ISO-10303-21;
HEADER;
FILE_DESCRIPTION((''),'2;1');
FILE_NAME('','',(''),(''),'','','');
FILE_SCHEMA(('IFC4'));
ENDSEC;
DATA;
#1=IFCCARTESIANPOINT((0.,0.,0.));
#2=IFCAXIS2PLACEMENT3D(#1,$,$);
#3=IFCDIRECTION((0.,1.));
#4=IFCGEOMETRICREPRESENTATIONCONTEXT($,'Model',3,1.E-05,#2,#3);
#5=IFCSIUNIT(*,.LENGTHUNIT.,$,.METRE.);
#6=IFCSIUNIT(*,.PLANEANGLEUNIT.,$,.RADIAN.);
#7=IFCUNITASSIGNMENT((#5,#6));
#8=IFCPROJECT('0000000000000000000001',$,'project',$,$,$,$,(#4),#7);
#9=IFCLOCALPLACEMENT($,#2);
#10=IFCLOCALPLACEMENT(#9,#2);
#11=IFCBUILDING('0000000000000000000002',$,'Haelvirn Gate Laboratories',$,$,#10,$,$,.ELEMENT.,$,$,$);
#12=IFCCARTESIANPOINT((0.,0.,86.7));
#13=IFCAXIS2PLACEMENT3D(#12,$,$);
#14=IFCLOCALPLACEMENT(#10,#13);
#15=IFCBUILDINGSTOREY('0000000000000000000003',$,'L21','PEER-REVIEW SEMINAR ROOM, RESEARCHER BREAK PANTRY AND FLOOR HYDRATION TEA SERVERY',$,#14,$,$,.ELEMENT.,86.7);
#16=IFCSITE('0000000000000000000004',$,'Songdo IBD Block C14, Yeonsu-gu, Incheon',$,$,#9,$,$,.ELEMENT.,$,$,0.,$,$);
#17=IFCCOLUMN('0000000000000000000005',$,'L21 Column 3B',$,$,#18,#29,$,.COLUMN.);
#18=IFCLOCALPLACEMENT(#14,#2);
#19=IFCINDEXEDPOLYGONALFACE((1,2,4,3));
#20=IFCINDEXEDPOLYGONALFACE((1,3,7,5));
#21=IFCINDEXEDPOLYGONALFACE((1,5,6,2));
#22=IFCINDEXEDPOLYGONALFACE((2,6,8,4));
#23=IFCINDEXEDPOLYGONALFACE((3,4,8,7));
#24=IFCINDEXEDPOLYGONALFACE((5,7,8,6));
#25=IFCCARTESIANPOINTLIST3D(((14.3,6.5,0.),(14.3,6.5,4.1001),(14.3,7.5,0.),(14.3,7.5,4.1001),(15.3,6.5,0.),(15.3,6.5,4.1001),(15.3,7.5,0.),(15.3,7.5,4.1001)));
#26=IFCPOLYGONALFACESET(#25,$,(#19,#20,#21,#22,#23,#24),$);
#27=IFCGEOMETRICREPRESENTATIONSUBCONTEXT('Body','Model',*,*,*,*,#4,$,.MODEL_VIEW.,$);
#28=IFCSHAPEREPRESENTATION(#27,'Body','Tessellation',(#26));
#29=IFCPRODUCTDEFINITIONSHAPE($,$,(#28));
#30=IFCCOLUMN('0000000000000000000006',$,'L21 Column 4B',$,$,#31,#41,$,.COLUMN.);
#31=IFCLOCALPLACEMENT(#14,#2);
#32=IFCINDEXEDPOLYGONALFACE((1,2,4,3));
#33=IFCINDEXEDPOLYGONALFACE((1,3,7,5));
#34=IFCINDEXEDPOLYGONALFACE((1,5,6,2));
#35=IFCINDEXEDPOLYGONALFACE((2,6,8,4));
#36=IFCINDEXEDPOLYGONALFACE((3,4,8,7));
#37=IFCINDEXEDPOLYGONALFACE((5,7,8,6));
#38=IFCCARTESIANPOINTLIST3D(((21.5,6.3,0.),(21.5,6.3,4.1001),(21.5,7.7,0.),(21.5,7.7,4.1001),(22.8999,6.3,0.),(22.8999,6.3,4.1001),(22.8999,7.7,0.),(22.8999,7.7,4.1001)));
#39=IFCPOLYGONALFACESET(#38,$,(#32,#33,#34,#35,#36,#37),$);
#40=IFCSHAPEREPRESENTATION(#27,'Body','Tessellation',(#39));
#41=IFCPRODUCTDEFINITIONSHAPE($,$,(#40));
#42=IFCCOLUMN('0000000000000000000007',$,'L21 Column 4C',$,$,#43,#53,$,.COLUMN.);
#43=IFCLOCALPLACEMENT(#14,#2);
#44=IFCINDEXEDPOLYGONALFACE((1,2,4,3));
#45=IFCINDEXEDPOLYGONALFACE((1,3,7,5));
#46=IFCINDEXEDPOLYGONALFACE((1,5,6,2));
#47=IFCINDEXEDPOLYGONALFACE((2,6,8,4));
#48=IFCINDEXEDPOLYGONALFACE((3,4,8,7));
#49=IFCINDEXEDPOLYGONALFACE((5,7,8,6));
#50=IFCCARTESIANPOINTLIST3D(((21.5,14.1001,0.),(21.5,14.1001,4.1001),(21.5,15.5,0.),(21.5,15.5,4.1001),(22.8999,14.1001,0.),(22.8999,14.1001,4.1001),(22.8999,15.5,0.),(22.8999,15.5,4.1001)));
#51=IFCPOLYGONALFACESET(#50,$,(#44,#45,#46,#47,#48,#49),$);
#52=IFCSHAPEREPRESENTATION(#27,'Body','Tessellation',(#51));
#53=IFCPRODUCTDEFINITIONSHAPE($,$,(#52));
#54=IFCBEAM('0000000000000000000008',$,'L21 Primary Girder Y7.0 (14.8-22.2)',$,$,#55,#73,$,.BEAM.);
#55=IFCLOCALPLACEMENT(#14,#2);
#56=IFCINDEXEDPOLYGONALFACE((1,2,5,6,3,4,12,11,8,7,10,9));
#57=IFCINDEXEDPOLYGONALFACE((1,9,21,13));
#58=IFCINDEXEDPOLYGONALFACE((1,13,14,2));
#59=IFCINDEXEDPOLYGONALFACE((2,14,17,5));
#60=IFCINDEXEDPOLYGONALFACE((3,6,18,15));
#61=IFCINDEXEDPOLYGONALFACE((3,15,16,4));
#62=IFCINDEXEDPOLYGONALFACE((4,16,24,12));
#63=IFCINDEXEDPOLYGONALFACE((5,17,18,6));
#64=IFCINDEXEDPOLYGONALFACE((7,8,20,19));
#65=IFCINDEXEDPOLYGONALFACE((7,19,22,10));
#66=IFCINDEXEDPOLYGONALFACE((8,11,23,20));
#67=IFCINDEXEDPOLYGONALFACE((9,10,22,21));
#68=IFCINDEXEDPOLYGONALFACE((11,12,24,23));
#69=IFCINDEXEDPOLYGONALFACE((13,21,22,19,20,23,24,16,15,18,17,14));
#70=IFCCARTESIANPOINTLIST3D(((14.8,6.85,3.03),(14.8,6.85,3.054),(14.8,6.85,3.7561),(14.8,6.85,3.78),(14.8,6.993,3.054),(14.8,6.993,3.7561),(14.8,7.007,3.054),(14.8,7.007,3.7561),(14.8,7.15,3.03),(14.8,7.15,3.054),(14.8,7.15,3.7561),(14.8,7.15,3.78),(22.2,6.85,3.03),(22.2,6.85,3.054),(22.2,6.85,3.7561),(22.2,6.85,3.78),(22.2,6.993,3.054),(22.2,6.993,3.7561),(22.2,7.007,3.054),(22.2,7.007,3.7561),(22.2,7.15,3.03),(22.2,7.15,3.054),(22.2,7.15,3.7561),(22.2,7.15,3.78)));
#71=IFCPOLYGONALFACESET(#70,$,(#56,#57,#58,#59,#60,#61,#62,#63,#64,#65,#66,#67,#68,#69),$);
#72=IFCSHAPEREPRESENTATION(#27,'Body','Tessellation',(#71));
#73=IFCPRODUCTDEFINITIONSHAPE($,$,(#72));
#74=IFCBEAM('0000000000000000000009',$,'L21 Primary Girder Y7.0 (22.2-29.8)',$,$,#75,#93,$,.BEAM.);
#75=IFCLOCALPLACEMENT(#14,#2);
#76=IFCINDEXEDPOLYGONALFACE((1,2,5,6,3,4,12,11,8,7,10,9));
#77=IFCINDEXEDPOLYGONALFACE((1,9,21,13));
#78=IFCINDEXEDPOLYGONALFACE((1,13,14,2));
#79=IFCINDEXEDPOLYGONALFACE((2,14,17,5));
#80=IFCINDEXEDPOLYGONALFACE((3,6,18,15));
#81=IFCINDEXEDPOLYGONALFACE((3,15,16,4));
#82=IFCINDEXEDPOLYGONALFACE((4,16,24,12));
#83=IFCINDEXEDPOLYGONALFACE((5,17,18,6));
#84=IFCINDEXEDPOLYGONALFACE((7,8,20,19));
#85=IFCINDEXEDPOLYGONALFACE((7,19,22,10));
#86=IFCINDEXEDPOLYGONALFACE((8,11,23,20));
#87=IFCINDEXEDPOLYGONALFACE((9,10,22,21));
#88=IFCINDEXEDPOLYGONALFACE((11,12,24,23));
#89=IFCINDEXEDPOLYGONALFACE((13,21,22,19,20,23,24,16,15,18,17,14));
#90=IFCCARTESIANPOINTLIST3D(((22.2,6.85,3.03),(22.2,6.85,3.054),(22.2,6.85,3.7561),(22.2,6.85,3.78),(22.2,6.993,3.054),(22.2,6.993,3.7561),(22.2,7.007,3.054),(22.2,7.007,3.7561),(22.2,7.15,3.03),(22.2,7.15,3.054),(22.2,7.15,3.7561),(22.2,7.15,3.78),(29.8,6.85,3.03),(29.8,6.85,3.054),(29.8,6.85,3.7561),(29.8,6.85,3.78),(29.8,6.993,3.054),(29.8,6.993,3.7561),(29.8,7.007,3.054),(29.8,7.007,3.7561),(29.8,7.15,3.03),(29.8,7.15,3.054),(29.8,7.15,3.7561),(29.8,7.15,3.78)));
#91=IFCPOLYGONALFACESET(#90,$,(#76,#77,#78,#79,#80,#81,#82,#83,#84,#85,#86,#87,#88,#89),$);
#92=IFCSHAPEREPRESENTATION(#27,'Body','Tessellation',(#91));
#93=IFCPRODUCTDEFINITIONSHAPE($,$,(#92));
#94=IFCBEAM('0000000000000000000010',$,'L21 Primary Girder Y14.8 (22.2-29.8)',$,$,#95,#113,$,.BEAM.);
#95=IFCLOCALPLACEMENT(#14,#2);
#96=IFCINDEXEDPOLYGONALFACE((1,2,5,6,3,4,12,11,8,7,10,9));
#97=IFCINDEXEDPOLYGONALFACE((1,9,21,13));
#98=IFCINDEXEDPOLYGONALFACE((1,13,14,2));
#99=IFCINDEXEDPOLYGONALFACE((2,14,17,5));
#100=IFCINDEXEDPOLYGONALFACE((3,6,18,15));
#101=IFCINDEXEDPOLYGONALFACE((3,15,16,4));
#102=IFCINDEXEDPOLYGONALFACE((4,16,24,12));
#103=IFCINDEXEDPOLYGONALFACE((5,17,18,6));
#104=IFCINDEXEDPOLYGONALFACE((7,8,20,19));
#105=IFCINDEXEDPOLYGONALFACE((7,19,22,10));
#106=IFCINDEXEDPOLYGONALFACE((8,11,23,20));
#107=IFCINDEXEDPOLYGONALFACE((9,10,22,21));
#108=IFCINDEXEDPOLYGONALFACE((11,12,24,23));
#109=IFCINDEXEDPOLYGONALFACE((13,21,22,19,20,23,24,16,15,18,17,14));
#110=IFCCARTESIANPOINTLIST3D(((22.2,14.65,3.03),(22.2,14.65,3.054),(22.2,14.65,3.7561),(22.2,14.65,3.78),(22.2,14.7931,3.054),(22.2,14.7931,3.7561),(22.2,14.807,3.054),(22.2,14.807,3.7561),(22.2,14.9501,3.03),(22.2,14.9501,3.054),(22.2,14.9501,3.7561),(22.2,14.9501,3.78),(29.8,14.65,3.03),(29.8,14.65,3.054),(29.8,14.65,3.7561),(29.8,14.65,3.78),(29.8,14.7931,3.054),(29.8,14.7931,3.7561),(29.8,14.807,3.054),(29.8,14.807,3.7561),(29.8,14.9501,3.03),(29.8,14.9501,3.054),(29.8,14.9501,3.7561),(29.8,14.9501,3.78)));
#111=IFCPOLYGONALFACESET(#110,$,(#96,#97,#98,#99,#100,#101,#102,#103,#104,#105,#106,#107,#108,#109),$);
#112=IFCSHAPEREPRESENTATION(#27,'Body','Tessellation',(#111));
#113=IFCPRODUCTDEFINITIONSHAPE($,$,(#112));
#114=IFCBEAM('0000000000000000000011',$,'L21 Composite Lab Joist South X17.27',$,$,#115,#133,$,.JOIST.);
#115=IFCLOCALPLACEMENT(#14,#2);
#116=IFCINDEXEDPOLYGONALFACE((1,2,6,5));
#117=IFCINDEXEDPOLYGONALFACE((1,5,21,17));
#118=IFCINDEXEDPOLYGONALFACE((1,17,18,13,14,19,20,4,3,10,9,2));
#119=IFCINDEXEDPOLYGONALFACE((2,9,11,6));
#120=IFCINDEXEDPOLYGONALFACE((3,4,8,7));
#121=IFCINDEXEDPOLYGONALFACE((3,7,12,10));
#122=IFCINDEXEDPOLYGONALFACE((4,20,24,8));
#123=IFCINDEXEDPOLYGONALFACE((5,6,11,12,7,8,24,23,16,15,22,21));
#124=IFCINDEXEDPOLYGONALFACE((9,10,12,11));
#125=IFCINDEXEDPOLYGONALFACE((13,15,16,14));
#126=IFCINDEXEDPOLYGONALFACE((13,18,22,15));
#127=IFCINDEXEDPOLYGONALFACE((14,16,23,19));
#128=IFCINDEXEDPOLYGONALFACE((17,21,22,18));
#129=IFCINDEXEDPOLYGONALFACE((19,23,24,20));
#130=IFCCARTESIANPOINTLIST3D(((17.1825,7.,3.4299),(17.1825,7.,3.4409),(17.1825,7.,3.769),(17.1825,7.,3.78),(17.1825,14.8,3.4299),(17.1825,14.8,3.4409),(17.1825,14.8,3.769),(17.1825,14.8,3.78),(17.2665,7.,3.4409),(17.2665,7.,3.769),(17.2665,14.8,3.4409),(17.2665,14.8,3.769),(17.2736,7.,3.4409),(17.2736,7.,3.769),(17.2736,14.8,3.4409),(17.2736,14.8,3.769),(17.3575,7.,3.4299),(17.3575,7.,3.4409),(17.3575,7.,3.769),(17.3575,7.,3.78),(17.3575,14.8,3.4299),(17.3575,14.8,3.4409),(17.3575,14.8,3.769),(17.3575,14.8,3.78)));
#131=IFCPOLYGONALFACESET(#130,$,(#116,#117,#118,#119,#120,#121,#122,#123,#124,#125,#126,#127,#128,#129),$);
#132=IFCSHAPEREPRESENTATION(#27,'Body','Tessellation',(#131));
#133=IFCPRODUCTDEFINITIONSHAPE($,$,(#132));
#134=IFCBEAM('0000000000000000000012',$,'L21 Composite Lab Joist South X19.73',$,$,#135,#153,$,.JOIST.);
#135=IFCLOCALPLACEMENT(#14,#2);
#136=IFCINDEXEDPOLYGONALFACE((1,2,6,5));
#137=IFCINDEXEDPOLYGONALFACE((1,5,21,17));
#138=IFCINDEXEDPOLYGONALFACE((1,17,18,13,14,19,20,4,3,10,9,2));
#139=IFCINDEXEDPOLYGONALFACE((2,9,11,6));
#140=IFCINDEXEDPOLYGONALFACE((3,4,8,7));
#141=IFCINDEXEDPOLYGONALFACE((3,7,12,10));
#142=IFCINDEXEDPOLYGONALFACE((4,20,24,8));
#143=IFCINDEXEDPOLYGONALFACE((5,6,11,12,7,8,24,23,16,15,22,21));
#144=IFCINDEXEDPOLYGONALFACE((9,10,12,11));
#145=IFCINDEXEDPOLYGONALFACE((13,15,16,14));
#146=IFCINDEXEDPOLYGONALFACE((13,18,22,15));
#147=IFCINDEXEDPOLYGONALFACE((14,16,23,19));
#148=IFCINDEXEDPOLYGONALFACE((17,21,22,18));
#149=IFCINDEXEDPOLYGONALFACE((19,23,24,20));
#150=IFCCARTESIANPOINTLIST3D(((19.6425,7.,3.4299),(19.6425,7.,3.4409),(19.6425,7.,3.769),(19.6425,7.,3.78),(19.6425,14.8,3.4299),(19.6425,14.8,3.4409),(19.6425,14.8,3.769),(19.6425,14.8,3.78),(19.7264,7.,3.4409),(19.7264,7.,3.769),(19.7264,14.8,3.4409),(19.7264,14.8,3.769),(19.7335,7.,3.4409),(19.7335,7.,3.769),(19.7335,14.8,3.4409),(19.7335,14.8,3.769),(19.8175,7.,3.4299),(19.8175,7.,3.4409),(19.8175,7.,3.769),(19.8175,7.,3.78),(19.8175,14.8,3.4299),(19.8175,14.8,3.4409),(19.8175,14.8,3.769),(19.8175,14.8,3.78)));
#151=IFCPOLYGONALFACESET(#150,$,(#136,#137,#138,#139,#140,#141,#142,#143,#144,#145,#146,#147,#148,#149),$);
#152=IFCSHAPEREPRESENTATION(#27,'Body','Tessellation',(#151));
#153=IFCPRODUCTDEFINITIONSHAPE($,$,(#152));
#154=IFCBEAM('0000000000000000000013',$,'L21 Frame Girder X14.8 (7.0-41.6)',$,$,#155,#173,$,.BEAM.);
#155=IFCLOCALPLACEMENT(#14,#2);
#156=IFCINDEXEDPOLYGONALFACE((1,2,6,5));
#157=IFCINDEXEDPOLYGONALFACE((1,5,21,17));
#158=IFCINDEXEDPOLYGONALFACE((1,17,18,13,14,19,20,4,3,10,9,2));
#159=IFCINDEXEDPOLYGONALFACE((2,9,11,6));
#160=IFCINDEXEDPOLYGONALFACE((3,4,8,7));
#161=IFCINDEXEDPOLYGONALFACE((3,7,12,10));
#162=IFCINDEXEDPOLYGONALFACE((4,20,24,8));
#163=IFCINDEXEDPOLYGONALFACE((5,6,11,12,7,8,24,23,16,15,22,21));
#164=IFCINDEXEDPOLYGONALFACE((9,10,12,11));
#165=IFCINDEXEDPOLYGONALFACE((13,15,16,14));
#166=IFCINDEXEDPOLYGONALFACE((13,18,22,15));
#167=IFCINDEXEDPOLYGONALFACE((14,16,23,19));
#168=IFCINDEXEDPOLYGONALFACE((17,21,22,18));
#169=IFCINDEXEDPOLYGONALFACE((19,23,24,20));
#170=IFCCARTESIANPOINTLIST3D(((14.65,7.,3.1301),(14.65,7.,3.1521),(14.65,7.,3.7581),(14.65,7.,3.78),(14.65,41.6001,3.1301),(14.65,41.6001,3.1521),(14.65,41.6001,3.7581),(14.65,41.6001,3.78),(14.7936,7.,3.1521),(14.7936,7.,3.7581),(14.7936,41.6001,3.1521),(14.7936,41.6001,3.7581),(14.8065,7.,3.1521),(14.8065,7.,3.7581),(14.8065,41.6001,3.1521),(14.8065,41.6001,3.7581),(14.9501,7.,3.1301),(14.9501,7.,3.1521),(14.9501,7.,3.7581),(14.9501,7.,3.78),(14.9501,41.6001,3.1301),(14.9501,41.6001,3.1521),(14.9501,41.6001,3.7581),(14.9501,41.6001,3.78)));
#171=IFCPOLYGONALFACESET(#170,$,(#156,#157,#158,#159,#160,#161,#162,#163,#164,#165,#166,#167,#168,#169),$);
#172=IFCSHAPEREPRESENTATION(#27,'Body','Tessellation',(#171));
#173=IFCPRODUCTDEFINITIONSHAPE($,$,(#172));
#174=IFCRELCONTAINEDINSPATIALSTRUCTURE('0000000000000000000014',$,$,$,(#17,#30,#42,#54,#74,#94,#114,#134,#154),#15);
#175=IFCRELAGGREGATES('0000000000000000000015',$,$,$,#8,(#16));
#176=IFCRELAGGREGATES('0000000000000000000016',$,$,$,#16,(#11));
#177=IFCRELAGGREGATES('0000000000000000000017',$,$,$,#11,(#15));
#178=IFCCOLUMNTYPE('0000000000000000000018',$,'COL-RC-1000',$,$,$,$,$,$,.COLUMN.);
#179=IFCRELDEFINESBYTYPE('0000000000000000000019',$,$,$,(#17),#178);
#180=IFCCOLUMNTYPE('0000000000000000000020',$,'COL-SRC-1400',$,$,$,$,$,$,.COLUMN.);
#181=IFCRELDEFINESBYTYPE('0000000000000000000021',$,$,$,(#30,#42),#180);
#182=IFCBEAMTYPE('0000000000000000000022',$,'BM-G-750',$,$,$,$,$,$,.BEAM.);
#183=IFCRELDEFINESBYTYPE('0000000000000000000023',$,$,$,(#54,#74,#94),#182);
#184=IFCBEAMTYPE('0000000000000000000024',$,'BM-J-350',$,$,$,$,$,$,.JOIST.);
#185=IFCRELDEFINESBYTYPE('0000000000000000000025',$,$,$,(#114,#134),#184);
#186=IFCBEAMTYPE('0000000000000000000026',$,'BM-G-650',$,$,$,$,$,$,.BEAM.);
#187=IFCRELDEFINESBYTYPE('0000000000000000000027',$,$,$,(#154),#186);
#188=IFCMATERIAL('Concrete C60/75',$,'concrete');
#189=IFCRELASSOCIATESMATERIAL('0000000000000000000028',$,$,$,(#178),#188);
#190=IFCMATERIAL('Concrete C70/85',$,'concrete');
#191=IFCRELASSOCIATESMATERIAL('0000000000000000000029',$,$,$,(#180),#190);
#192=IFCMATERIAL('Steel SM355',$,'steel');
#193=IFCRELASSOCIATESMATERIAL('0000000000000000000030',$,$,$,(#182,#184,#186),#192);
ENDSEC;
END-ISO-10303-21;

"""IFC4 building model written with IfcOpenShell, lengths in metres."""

from ifc_helpers import new_model, si_unit, direction, frame, origin, origin_2d, place, context, subcontext, project, spatial, rectangle, i_section, extrude, source, transform, mapped, material, material_profile, profile_set, type_object, type_shapes, element, save


model = new_model("IFC4")

# Units and contexts
model_context = context("Model", 3, precision=1e-05, world=origin(), true_north=direction((0.0, 1.0)))
body_context = subcontext(model_context, "Body", "Model", "MODEL_VIEW")
ifc_project = project(units=[si_unit("LENGTHUNIT", "METRE"), si_unit("PLANEANGLEUNIT", "RADIAN")], contexts=[model_context])

# Site, building, storey
site_placement = place(None, origin())
site = spatial("IfcSite", under=ifc_project, at=site_placement, Name="Songdo IBD Block C14, Yeonsu-gu, Incheon", CompositionType="ELEMENT", RefElevation=0.0)
building_placement = place(site_placement, origin())
building = spatial("IfcBuilding", under=site, at=building_placement, Name="Haelvirn Gate Laboratories", CompositionType="ELEMENT")
storey_placement = place(building_placement, frame((0.0, 0.0, 86.7)))
storey = spatial("IfcBuildingStorey", under=building, at=storey_placement, Name="L21", Description="PEER-REVIEW SEMINAR ROOM, RESEARCHER BREAK PANTRY AND FLOOR HYDRATION TEA SERVERY", CompositionType="ELEMENT", Elevation=86.7)

# Columns
ifc_material_1 = material(Name="Concrete C60/75", Category="concrete")
ifc_material_profile_1 = material_profile(ifc_material_1, rectangle(XDim=1.0, YDim=1.0, at=origin_2d()), Name="RC-1000x1000")
ifc_profile_set_1 = profile_set([ifc_material_profile_1], Name="Concrete C60/75")
column_type_1 = type_object("IfcColumnType", Name="COL-RC-1000", PredefinedType="COLUMN", material=ifc_profile_set_1)
shared_shape_1 = source(origin(), body_context, "Body", "SweptSolid", [
    extrude(rectangle(XDim=1.0, YDim=1.0, at=origin_2d()), origin(), (0.0, 0.0, 1.0), 4.1001),
])
type_shapes(column_type_1, [shared_shape_1])
column_placement = place(storey_placement, frame((14.8, 7.0, 0.0), z_axis=(0.0, 0.0, 1.0), x_axis=(1.0, 0.0, 0.0)))
element("IfcColumn", 1, at=column_placement, inside=storey, type_object=column_type_1, Name="L21 Column 3B", PredefinedType="COLUMN", context=body_context, shape_type="MappedRepresentation", body=[
    mapped(shared_shape_1, transform((0.0, 0.0, 0.0), scale=1.0)),
])
ifc_material_2 = material(Name="Concrete C70/85", Category="concrete")
ifc_material_profile_2 = material_profile(ifc_material_2, rectangle(XDim=1.3999, YDim=1.3999, at=origin_2d()), Name="SRC-1400x1400")
ifc_profile_set_2 = profile_set([ifc_material_profile_2], Name="Concrete C70/85")
column_type_2 = type_object("IfcColumnType", Name="COL-SRC-1400", PredefinedType="COLUMN", material=ifc_profile_set_2)
shared_shape_2 = source(origin(), body_context, "Body", "SweptSolid", [
    extrude(rectangle(XDim=1.3999, YDim=1.3999, at=origin_2d()), origin(), (0.0, 0.0, 1.0), 4.1001),
])
type_shapes(column_type_2, [shared_shape_2])
for number, where, z_axis, x_axis, name in (
    (2, (22.2, 7.0, 0.0), (0.0, 0.0, 1.0), (1.0, 0.0, 0.0), "L21 Column 4B"),
    (3, (22.2, 14.8, 0.0), (0.0, 0.0, 1.0), (1.0, 0.0, 0.0), "L21 Column 4C"),
):
    element("IfcColumn", number, at=place(storey_placement, frame(where, z_axis=z_axis, x_axis=x_axis)), inside=storey, type_object=column_type_2, Name=name, PredefinedType="COLUMN", context=body_context, shape_type="MappedRepresentation", body=[
        mapped(shared_shape_2, transform((0.0, 0.0, 0.0), scale=1.0)),
    ])

# Beams
ifc_material_3 = material(Name="Steel SM355", Category="steel")
ifc_material_profile_3 = material_profile(ifc_material_3, i_section(OverallWidth=0.3, OverallDepth=0.75, WebThickness=0.0139, FlangeThickness=0.0239, at=origin_2d()), Name="H-750x300x14x24")
ifc_profile_set_3 = profile_set([ifc_material_profile_3], Name="Steel SM355")
beam_type_1 = type_object("IfcBeamType", Name="BM-G-750", PredefinedType="BEAM", material=ifc_profile_set_3)
shared_shape_3 = source(origin(), body_context, "Body", "SweptSolid", [
    extrude(i_section(OverallWidth=0.3, OverallDepth=0.75, WebThickness=0.0139, FlangeThickness=0.0239, at=origin_2d()), origin(), (0.0, 0.0, 1.0), 7.3999),
])
beam_1_placement = place(storey_placement, frame((14.8, 7.0, 3.405), z_axis=(1.0, 0.0, 0.0), x_axis=(0.0, 1.0, 0.0)))
element("IfcBeam", 4, at=beam_1_placement, inside=storey, type_object=beam_type_1, Name="L21 Primary Girder Y7.0 (14.8-22.2)", PredefinedType="BEAM", context=body_context, shape_type="MappedRepresentation", body=[
    mapped(shared_shape_3, transform((0.0, 0.0, 0.0), scale=1.0)),
])
shared_shape_4 = source(origin(), body_context, "Body", "SweptSolid", [
    extrude(i_section(OverallWidth=0.3, OverallDepth=0.75, WebThickness=0.0139, FlangeThickness=0.0239, at=origin_2d()), origin(), (0.0, 0.0, 1.0), 7.6001),
])
type_shapes(beam_type_1, [shared_shape_3, shared_shape_4])
for number, where, z_axis, x_axis, name in (
    (5, (22.2, 7.0, 3.405), (1.0, 0.0, 0.0), (0.0, 1.0, 0.0), "L21 Primary Girder Y7.0 (22.2-29.8)"),
    (6, (22.2, 14.8, 3.405), (1.0, 0.0, 0.0), (0.0, 1.0, 0.0), "L21 Primary Girder Y14.8 (22.2-29.8)"),
):
    element("IfcBeam", number, at=place(storey_placement, frame(where, z_axis=z_axis, x_axis=x_axis)), inside=storey, type_object=beam_type_1, Name=name, PredefinedType="BEAM", context=body_context, shape_type="MappedRepresentation", body=[
        mapped(shared_shape_4, transform((0.0, 0.0, 0.0), scale=1.0)),
    ])
ifc_material_profile_4 = material_profile(ifc_material_3, i_section(OverallWidth=0.175, OverallDepth=0.3501, WebThickness=0.0071, FlangeThickness=0.011, at=origin_2d()), Name="H-350x175x7x11")
ifc_profile_set_4 = profile_set([ifc_material_profile_4], Name="Steel SM355")
beam_type_2 = type_object("IfcBeamType", Name="BM-J-350", PredefinedType="JOIST", material=ifc_profile_set_4)
shared_shape_5 = source(origin(), body_context, "Body", "SweptSolid", [
    extrude(i_section(OverallWidth=0.175, OverallDepth=0.3501, WebThickness=0.0071, FlangeThickness=0.011, at=origin_2d()), origin(), (0.0, 0.0, 1.0), 7.8),
])
type_shapes(beam_type_2, [shared_shape_5])
for number, where, z_axis, x_axis, name in (
    (7, (17.27, 7.0, 3.605), (0.0, 1.0, 0.0), (-1.0, 0.0, 0.0), "L21 Composite Lab Joist South X17.27"),
    (8, (19.73, 7.0, 3.605), (0.0, 1.0, 0.0), (-1.0, 0.0, 0.0), "L21 Composite Lab Joist South X19.73"),
):
    element("IfcBeam", number, at=place(storey_placement, frame(where, z_axis=z_axis, x_axis=x_axis)), inside=storey, type_object=beam_type_2, Name=name, PredefinedType="JOIST", context=body_context, shape_type="MappedRepresentation", body=[
        mapped(shared_shape_5, transform((0.0, 0.0, 0.0), scale=1.0)),
    ])
ifc_material_profile_5 = material_profile(ifc_material_3, i_section(OverallWidth=0.3, OverallDepth=0.6499, WebThickness=0.0129, FlangeThickness=0.022, at=origin_2d()), Name="H-650x300x13x22")
ifc_profile_set_5 = profile_set([ifc_material_profile_5], Name="Steel SM355")
beam_type_3 = type_object("IfcBeamType", Name="BM-G-650", PredefinedType="BEAM", material=ifc_profile_set_5)
shared_shape_6 = source(origin(), body_context, "Body", "SweptSolid", [
    extrude(i_section(OverallWidth=0.3, OverallDepth=0.6499, WebThickness=0.0129, FlangeThickness=0.022, at=origin_2d()), origin(), (0.0, 0.0, 1.0), 34.6001),
])
beam_2_placement = place(storey_placement, frame((14.8, 7.0, 3.4551), z_axis=(0.0, 1.0, 0.0), x_axis=(-1.0, 0.0, 0.0)))
element("IfcBeam", 9, at=beam_2_placement, inside=storey, type_object=beam_type_3, Name="L21 Frame Girder X14.8 (7.0-41.6)", PredefinedType="BEAM", context=body_context, shape_type="MappedRepresentation", body=[
    mapped(shared_shape_6, transform((0.0, 0.0, 0.0), scale=1.0)),
])

save(model, "model.ifc")
